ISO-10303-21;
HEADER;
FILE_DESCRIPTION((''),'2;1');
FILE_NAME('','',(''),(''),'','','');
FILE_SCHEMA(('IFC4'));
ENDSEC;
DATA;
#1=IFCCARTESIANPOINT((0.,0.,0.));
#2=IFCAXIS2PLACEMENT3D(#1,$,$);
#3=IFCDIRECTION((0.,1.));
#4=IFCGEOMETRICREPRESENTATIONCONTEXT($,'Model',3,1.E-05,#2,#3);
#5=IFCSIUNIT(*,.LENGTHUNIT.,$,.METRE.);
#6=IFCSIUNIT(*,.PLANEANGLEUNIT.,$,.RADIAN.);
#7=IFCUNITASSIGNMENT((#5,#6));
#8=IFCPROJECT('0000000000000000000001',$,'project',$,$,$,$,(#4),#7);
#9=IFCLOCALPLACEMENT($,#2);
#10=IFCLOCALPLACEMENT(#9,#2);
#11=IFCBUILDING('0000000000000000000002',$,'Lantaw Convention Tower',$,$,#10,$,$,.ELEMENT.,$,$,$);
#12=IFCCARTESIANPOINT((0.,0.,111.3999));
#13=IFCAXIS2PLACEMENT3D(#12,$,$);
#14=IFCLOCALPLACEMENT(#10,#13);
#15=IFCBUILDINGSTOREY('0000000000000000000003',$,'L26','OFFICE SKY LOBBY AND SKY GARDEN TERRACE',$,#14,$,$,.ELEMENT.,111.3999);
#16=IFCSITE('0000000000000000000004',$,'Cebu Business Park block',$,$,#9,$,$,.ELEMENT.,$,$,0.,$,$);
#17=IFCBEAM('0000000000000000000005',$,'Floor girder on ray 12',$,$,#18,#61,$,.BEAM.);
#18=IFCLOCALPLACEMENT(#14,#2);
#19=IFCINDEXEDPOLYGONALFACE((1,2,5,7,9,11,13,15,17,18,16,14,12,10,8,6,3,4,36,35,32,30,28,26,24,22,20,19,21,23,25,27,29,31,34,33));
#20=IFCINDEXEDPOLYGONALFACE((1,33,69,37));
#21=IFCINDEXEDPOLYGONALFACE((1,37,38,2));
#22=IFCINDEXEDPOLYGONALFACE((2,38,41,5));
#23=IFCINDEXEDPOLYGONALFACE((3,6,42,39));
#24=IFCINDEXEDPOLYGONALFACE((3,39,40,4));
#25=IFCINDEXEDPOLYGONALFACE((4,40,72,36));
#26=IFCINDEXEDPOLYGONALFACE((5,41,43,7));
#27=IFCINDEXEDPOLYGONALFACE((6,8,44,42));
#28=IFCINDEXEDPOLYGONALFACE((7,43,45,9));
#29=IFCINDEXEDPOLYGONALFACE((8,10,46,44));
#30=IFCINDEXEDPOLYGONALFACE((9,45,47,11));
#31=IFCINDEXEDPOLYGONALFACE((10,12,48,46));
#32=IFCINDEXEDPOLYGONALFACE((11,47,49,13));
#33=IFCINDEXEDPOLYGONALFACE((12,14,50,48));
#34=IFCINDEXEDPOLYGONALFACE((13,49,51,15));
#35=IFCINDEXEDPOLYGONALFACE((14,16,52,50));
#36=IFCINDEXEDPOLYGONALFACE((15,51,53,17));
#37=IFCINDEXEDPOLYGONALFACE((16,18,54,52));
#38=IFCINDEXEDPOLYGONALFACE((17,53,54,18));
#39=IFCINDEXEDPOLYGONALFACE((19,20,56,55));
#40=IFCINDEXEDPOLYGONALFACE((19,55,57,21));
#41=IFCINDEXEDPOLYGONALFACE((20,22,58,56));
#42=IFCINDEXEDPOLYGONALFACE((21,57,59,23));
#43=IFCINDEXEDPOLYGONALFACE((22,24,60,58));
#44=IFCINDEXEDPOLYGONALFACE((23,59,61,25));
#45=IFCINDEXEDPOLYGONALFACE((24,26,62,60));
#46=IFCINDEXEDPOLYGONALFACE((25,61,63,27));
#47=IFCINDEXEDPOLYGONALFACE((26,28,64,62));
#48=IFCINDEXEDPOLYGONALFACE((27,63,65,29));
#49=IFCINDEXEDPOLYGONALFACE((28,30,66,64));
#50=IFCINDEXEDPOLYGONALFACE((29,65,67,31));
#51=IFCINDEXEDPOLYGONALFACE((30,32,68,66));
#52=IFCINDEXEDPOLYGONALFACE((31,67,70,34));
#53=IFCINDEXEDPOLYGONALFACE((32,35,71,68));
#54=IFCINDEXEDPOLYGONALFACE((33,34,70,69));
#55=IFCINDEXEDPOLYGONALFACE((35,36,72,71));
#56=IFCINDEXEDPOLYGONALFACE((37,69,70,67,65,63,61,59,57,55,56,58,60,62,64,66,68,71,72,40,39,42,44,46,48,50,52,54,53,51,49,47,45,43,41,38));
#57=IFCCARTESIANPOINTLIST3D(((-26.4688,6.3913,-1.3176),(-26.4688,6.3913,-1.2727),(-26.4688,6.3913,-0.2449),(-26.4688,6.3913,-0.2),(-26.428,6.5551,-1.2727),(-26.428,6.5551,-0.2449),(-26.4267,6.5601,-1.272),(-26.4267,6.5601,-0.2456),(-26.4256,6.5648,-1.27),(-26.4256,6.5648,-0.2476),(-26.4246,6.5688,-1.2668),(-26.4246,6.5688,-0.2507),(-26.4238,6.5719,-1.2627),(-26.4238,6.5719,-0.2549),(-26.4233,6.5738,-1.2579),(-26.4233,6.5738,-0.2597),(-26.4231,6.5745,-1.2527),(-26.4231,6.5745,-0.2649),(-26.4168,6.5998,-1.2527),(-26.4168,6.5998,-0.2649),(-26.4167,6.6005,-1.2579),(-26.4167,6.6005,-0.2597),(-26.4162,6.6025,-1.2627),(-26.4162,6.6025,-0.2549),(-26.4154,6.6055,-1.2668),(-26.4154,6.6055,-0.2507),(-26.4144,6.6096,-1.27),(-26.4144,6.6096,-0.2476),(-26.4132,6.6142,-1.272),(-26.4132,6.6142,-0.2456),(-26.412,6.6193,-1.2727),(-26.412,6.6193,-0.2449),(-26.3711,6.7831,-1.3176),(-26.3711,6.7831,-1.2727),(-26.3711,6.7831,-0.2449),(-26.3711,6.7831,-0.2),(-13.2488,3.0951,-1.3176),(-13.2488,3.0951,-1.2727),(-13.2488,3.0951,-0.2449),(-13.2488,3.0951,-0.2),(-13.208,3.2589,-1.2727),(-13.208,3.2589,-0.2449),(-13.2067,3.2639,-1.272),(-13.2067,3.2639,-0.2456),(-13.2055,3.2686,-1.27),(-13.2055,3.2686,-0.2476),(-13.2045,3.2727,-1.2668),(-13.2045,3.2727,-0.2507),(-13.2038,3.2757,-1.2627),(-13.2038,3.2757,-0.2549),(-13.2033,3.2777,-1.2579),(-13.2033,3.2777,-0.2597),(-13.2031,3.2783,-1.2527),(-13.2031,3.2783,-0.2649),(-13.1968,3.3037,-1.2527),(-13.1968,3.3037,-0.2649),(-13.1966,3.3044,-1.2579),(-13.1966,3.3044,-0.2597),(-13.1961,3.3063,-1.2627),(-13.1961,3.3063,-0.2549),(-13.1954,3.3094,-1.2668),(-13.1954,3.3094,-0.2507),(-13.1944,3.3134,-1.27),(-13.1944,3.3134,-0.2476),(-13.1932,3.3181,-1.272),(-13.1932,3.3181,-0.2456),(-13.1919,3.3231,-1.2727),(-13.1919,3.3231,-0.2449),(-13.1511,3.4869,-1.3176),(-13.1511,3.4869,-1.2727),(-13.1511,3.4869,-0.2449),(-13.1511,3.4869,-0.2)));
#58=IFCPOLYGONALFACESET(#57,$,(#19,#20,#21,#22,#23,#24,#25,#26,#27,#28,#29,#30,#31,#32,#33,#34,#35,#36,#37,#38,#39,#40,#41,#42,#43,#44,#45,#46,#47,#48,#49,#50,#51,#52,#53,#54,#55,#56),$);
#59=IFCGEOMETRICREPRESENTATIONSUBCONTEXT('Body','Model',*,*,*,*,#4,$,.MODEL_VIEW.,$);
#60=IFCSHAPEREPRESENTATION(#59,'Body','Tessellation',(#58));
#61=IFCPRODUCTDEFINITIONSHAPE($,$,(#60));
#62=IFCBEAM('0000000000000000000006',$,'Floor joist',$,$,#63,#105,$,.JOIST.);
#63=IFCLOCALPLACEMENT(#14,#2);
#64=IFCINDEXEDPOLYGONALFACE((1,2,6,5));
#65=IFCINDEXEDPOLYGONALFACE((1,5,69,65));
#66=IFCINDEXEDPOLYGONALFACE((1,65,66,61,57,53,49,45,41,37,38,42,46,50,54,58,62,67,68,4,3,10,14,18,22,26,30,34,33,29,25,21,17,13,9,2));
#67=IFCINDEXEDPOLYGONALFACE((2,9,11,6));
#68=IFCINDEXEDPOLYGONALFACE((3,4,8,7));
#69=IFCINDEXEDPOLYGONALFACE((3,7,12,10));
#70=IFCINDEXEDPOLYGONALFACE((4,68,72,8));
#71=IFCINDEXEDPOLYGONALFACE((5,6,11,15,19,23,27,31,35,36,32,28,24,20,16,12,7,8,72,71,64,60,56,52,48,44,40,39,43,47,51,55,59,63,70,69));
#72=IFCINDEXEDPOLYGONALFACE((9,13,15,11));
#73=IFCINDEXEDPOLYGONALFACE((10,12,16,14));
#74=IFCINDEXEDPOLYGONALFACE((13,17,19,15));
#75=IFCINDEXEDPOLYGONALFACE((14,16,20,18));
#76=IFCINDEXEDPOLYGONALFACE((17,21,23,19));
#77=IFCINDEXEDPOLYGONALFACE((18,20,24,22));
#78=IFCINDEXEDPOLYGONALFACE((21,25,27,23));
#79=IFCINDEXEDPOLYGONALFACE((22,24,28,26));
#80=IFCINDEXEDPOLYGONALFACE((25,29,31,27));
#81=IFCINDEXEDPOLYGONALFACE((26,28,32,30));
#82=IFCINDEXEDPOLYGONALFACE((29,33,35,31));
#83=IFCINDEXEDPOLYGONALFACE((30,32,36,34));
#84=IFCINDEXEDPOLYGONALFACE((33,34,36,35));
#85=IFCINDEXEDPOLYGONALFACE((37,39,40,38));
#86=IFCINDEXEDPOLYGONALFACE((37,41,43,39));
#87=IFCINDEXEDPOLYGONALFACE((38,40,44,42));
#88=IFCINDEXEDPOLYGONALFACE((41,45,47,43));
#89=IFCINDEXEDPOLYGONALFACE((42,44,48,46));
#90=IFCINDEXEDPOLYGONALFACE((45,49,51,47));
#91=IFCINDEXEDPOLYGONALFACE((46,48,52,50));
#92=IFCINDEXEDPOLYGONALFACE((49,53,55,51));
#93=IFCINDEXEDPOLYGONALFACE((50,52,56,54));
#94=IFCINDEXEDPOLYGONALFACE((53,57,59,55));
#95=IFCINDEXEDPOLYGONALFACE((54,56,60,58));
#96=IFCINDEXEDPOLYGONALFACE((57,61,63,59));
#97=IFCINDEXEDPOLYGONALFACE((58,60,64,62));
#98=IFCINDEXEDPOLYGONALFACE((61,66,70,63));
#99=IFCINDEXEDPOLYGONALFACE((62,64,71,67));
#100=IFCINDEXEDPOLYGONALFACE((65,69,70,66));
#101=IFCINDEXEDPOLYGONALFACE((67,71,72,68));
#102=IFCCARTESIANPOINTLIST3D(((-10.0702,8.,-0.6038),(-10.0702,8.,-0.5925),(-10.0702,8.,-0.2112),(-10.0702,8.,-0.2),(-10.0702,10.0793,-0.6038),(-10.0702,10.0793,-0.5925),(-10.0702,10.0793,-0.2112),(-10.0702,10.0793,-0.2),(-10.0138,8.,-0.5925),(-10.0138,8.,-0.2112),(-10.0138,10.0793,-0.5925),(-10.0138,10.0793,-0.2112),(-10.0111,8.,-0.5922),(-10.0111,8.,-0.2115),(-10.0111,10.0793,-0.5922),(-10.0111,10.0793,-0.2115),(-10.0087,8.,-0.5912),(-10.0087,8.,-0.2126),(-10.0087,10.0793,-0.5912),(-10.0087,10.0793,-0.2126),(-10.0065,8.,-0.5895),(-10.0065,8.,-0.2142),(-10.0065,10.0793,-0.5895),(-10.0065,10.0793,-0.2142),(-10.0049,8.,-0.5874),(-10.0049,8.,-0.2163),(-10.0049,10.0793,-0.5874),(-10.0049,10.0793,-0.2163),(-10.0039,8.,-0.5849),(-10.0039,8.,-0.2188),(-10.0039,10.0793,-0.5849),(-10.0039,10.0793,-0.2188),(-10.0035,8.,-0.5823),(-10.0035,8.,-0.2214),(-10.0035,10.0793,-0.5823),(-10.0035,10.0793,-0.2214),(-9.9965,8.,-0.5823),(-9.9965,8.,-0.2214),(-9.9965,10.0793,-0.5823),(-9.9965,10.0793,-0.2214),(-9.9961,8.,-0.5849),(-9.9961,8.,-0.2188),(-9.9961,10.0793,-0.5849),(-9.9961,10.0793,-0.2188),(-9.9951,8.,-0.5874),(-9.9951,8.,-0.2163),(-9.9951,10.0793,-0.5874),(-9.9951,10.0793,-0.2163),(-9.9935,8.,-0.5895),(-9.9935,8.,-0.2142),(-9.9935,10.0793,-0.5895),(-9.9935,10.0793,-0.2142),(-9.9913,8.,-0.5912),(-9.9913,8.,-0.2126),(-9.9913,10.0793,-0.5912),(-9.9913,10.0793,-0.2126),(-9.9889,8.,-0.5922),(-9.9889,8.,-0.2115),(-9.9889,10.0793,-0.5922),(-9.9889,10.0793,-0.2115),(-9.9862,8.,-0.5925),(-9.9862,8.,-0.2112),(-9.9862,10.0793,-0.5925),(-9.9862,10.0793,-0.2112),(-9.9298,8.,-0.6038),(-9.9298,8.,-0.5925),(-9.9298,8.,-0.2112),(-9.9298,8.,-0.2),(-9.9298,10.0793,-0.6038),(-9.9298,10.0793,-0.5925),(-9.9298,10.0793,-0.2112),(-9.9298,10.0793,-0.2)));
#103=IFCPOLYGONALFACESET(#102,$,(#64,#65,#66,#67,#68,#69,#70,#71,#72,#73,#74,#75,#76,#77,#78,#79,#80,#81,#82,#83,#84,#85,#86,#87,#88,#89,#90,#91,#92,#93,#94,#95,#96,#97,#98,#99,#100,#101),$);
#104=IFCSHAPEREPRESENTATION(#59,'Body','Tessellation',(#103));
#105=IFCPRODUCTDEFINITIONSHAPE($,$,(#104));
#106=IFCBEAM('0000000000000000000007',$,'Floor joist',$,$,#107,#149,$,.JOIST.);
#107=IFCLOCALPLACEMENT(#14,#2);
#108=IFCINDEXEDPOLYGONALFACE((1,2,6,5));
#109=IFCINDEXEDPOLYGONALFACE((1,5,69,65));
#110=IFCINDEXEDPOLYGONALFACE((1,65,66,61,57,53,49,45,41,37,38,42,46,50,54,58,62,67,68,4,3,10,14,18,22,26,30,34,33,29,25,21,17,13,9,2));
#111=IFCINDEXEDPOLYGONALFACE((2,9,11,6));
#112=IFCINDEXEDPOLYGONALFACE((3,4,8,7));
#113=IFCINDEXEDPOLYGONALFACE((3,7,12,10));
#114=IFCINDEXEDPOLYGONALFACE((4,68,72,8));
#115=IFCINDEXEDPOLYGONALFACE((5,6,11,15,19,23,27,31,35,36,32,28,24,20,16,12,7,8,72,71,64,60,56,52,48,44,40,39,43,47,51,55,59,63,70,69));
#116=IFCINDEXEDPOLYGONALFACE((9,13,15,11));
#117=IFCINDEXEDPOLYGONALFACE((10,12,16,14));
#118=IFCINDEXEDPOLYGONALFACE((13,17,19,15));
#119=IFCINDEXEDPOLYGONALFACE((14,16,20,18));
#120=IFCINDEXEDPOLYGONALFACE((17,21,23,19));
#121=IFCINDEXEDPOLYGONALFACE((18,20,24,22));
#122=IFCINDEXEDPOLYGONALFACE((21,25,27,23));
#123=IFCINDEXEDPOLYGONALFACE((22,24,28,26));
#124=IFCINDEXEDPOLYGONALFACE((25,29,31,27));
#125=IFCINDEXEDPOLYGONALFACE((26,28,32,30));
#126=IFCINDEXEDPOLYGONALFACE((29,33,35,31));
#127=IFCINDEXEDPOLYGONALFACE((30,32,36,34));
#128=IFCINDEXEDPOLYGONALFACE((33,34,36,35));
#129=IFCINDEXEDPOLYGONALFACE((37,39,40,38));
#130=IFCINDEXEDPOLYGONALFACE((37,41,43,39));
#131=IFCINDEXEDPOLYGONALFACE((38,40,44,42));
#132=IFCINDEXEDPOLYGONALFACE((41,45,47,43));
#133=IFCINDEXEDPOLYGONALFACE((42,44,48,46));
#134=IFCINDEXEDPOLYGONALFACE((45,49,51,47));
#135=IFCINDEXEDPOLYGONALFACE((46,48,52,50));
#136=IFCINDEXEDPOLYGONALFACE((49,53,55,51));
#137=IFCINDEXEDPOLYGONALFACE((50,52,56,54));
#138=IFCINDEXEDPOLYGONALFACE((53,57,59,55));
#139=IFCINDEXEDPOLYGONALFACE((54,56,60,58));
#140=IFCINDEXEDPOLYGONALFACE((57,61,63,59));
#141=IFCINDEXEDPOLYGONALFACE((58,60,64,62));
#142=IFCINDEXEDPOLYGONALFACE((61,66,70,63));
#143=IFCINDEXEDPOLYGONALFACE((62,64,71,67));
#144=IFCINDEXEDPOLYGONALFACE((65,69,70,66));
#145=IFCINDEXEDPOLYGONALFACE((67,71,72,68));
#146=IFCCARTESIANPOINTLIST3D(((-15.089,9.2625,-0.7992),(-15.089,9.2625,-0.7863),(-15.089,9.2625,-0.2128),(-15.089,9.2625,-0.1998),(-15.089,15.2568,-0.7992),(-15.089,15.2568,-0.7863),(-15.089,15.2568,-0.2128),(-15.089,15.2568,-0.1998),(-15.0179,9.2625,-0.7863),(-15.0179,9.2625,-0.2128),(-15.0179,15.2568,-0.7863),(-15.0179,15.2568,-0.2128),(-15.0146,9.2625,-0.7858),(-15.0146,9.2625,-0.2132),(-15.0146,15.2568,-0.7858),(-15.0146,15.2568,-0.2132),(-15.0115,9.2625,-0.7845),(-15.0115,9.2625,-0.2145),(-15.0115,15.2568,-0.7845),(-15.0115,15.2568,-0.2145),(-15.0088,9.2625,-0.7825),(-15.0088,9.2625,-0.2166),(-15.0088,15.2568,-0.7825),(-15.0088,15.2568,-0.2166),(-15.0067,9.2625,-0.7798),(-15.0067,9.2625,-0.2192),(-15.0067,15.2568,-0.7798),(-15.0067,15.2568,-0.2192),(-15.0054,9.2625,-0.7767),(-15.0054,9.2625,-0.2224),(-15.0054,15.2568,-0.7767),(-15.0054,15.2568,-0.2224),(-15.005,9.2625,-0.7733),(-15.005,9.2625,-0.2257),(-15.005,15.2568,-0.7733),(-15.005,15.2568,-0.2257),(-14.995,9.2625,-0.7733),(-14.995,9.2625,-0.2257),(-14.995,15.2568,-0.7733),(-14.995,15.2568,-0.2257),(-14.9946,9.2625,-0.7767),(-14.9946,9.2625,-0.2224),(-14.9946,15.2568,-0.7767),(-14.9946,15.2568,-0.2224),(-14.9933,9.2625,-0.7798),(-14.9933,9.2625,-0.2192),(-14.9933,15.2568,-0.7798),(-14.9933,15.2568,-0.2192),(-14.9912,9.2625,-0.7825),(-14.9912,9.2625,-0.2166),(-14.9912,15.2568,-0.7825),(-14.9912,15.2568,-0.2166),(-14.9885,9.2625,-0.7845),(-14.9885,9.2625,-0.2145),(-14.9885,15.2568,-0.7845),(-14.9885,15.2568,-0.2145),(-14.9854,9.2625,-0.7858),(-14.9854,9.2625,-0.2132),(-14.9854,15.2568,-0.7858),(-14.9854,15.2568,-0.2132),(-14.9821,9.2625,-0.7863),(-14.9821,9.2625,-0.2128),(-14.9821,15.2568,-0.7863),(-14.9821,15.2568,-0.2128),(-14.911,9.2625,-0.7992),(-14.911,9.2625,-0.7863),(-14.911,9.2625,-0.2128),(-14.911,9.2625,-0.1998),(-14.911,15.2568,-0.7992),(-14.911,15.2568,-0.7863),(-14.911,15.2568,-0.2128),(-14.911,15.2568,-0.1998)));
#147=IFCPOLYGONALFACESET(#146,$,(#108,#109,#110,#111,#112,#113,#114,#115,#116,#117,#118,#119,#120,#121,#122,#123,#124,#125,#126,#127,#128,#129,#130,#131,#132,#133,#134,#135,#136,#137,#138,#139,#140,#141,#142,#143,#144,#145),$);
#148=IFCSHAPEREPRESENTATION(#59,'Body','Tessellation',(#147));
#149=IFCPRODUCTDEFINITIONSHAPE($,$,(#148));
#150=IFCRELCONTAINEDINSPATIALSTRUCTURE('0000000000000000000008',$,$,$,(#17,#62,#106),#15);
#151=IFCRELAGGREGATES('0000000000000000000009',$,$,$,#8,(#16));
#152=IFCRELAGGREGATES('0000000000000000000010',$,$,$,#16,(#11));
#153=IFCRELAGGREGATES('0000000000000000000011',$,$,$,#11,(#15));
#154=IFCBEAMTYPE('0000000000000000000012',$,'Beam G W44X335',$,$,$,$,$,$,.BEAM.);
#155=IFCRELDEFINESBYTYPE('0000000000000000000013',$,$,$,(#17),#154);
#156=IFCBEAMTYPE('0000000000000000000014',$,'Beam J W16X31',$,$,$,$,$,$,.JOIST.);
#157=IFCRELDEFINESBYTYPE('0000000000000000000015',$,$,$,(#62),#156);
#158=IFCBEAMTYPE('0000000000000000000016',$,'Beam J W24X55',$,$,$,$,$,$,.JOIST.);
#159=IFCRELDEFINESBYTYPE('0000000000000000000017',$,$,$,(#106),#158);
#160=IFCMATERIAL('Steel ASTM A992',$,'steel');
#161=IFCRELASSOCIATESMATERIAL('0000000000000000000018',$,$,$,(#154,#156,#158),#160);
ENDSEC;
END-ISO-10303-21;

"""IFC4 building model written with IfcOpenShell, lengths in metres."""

from ifc_helpers import new_model, si_unit, direction, frame, origin, origin_2d, place, context, subcontext, project, spatial, i_section, extrude, material, material_profile, profile_set, type_object, element, save


model = new_model("IFC4")

# Units and contexts
model_context = context("Model", 3, precision=1e-05, world=origin(), true_north=direction((0.0, 1.0)))
body_context = subcontext(model_context, "Body", "Model", "MODEL_VIEW")
ifc_project = project(units=[si_unit("LENGTHUNIT", "METRE"), si_unit("PLANEANGLEUNIT", "RADIAN")], contexts=[model_context])

# Site, building, storey
site_placement = place(None, origin())
site = spatial("IfcSite", under=ifc_project, at=site_placement, Name="Cebu Business Park block", CompositionType="ELEMENT", RefElevation=0.0)
building_placement = place(site_placement, origin())
building = spatial("IfcBuilding", under=site, at=building_placement, Name="Lantaw Convention Tower", CompositionType="ELEMENT")
storey_placement = place(building_placement, frame((0.0, 0.0, 111.3999)))
storey = spatial("IfcBuildingStorey", under=building, at=storey_placement, Name="L26", Description="OFFICE SKY LOBBY AND SKY GARDEN TERRACE", CompositionType="ELEMENT", Elevation=111.3999)

# Beams
ifc_material_1 = material(Name="Steel ASTM A992", Category="steel")
ifc_material_profile_1 = material_profile(ifc_material_1, i_section(OverallWidth=0.4038, OverallDepth=1.1177, WebThickness=0.0261, FlangeThickness=0.0449, FilletRadius=0.02, at=origin_2d()), Name="W44X335")
ifc_profile_set_1 = profile_set([ifc_material_profile_1], Name="Steel ASTM A992")
beam_type_1 = type_object("IfcBeamType", Name="Beam G W44X335", PredefinedType="BEAM", material=ifc_profile_set_1)
beam_1_placement = place(storey_placement, frame((-13.2, 3.291, -0.7588), z_axis=(-0.970295, 0.241924, 0.0), x_axis=(-0.241924, -0.970295, 0.0)))
element("IfcBeam", 1, at=beam_1_placement, inside=storey, type_object=beam_type_1, Name="Floor girder on ray 12", PredefinedType="BEAM", context=body_context, shape_type="SweptSolid", body=[
    extrude(i_section(OverallWidth=0.4038, OverallDepth=1.1177, WebThickness=0.0261, FlangeThickness=0.0449, FilletRadius=0.02, at=origin_2d()), origin(), (0.0, 0.0, 1.0), 13.6248),
])
ifc_material_profile_2 = material_profile(ifc_material_1, i_section(OverallWidth=0.1404, OverallDepth=0.4038, WebThickness=0.0071, FlangeThickness=0.0112, FilletRadius=0.0103, at=origin_2d()), Name="W16X31")
ifc_profile_set_2 = profile_set([ifc_material_profile_2], Name="Steel ASTM A992")
beam_type_2 = type_object("IfcBeamType", Name="Beam J W16X31", PredefinedType="JOIST", material=ifc_profile_set_2)
beam_2_placement = place(storey_placement, frame((-10.0, 8.0, -0.4019), z_axis=(0.0, 1.0, 0.0), x_axis=(-1.0, 0.0, 0.0)))
element("IfcBeam", 2, at=beam_2_placement, inside=storey, type_object=beam_type_2, Name="Floor joist", PredefinedType="JOIST", context=body_context, shape_type="SweptSolid", body=[
    extrude(i_section(OverallWidth=0.1404, OverallDepth=0.4038, WebThickness=0.0071, FlangeThickness=0.0112, FilletRadius=0.0103, at=origin_2d()), origin(), (0.0, 0.0, 1.0), 2.0793),
])
ifc_material_profile_3 = material_profile(ifc_material_1, i_section(OverallWidth=0.178, OverallDepth=0.5994, WebThickness=0.01, FlangeThickness=0.0129, FilletRadius=0.0129, at=origin_2d()), Name="W24X55")
ifc_profile_set_3 = profile_set([ifc_material_profile_3], Name="Steel ASTM A992")
beam_type_3 = type_object("IfcBeamType", Name="Beam J W24X55", PredefinedType="JOIST", material=ifc_profile_set_3)
beam_3_placement = place(storey_placement, frame((-15.0, 9.2625, -0.4995), z_axis=(0.0, 1.0, 0.0), x_axis=(-1.0, 0.0, 0.0)))
element("IfcBeam", 3, at=beam_3_placement, inside=storey, type_object=beam_type_3, Name="Floor joist", PredefinedType="JOIST", context=body_context, shape_type="SweptSolid", body=[
    extrude(i_section(OverallWidth=0.178, OverallDepth=0.5994, WebThickness=0.01, FlangeThickness=0.0129, FilletRadius=0.0129, at=origin_2d()), origin(), (0.0, 0.0, 1.0), 5.9944),
])

save(model, "model.ifc")
